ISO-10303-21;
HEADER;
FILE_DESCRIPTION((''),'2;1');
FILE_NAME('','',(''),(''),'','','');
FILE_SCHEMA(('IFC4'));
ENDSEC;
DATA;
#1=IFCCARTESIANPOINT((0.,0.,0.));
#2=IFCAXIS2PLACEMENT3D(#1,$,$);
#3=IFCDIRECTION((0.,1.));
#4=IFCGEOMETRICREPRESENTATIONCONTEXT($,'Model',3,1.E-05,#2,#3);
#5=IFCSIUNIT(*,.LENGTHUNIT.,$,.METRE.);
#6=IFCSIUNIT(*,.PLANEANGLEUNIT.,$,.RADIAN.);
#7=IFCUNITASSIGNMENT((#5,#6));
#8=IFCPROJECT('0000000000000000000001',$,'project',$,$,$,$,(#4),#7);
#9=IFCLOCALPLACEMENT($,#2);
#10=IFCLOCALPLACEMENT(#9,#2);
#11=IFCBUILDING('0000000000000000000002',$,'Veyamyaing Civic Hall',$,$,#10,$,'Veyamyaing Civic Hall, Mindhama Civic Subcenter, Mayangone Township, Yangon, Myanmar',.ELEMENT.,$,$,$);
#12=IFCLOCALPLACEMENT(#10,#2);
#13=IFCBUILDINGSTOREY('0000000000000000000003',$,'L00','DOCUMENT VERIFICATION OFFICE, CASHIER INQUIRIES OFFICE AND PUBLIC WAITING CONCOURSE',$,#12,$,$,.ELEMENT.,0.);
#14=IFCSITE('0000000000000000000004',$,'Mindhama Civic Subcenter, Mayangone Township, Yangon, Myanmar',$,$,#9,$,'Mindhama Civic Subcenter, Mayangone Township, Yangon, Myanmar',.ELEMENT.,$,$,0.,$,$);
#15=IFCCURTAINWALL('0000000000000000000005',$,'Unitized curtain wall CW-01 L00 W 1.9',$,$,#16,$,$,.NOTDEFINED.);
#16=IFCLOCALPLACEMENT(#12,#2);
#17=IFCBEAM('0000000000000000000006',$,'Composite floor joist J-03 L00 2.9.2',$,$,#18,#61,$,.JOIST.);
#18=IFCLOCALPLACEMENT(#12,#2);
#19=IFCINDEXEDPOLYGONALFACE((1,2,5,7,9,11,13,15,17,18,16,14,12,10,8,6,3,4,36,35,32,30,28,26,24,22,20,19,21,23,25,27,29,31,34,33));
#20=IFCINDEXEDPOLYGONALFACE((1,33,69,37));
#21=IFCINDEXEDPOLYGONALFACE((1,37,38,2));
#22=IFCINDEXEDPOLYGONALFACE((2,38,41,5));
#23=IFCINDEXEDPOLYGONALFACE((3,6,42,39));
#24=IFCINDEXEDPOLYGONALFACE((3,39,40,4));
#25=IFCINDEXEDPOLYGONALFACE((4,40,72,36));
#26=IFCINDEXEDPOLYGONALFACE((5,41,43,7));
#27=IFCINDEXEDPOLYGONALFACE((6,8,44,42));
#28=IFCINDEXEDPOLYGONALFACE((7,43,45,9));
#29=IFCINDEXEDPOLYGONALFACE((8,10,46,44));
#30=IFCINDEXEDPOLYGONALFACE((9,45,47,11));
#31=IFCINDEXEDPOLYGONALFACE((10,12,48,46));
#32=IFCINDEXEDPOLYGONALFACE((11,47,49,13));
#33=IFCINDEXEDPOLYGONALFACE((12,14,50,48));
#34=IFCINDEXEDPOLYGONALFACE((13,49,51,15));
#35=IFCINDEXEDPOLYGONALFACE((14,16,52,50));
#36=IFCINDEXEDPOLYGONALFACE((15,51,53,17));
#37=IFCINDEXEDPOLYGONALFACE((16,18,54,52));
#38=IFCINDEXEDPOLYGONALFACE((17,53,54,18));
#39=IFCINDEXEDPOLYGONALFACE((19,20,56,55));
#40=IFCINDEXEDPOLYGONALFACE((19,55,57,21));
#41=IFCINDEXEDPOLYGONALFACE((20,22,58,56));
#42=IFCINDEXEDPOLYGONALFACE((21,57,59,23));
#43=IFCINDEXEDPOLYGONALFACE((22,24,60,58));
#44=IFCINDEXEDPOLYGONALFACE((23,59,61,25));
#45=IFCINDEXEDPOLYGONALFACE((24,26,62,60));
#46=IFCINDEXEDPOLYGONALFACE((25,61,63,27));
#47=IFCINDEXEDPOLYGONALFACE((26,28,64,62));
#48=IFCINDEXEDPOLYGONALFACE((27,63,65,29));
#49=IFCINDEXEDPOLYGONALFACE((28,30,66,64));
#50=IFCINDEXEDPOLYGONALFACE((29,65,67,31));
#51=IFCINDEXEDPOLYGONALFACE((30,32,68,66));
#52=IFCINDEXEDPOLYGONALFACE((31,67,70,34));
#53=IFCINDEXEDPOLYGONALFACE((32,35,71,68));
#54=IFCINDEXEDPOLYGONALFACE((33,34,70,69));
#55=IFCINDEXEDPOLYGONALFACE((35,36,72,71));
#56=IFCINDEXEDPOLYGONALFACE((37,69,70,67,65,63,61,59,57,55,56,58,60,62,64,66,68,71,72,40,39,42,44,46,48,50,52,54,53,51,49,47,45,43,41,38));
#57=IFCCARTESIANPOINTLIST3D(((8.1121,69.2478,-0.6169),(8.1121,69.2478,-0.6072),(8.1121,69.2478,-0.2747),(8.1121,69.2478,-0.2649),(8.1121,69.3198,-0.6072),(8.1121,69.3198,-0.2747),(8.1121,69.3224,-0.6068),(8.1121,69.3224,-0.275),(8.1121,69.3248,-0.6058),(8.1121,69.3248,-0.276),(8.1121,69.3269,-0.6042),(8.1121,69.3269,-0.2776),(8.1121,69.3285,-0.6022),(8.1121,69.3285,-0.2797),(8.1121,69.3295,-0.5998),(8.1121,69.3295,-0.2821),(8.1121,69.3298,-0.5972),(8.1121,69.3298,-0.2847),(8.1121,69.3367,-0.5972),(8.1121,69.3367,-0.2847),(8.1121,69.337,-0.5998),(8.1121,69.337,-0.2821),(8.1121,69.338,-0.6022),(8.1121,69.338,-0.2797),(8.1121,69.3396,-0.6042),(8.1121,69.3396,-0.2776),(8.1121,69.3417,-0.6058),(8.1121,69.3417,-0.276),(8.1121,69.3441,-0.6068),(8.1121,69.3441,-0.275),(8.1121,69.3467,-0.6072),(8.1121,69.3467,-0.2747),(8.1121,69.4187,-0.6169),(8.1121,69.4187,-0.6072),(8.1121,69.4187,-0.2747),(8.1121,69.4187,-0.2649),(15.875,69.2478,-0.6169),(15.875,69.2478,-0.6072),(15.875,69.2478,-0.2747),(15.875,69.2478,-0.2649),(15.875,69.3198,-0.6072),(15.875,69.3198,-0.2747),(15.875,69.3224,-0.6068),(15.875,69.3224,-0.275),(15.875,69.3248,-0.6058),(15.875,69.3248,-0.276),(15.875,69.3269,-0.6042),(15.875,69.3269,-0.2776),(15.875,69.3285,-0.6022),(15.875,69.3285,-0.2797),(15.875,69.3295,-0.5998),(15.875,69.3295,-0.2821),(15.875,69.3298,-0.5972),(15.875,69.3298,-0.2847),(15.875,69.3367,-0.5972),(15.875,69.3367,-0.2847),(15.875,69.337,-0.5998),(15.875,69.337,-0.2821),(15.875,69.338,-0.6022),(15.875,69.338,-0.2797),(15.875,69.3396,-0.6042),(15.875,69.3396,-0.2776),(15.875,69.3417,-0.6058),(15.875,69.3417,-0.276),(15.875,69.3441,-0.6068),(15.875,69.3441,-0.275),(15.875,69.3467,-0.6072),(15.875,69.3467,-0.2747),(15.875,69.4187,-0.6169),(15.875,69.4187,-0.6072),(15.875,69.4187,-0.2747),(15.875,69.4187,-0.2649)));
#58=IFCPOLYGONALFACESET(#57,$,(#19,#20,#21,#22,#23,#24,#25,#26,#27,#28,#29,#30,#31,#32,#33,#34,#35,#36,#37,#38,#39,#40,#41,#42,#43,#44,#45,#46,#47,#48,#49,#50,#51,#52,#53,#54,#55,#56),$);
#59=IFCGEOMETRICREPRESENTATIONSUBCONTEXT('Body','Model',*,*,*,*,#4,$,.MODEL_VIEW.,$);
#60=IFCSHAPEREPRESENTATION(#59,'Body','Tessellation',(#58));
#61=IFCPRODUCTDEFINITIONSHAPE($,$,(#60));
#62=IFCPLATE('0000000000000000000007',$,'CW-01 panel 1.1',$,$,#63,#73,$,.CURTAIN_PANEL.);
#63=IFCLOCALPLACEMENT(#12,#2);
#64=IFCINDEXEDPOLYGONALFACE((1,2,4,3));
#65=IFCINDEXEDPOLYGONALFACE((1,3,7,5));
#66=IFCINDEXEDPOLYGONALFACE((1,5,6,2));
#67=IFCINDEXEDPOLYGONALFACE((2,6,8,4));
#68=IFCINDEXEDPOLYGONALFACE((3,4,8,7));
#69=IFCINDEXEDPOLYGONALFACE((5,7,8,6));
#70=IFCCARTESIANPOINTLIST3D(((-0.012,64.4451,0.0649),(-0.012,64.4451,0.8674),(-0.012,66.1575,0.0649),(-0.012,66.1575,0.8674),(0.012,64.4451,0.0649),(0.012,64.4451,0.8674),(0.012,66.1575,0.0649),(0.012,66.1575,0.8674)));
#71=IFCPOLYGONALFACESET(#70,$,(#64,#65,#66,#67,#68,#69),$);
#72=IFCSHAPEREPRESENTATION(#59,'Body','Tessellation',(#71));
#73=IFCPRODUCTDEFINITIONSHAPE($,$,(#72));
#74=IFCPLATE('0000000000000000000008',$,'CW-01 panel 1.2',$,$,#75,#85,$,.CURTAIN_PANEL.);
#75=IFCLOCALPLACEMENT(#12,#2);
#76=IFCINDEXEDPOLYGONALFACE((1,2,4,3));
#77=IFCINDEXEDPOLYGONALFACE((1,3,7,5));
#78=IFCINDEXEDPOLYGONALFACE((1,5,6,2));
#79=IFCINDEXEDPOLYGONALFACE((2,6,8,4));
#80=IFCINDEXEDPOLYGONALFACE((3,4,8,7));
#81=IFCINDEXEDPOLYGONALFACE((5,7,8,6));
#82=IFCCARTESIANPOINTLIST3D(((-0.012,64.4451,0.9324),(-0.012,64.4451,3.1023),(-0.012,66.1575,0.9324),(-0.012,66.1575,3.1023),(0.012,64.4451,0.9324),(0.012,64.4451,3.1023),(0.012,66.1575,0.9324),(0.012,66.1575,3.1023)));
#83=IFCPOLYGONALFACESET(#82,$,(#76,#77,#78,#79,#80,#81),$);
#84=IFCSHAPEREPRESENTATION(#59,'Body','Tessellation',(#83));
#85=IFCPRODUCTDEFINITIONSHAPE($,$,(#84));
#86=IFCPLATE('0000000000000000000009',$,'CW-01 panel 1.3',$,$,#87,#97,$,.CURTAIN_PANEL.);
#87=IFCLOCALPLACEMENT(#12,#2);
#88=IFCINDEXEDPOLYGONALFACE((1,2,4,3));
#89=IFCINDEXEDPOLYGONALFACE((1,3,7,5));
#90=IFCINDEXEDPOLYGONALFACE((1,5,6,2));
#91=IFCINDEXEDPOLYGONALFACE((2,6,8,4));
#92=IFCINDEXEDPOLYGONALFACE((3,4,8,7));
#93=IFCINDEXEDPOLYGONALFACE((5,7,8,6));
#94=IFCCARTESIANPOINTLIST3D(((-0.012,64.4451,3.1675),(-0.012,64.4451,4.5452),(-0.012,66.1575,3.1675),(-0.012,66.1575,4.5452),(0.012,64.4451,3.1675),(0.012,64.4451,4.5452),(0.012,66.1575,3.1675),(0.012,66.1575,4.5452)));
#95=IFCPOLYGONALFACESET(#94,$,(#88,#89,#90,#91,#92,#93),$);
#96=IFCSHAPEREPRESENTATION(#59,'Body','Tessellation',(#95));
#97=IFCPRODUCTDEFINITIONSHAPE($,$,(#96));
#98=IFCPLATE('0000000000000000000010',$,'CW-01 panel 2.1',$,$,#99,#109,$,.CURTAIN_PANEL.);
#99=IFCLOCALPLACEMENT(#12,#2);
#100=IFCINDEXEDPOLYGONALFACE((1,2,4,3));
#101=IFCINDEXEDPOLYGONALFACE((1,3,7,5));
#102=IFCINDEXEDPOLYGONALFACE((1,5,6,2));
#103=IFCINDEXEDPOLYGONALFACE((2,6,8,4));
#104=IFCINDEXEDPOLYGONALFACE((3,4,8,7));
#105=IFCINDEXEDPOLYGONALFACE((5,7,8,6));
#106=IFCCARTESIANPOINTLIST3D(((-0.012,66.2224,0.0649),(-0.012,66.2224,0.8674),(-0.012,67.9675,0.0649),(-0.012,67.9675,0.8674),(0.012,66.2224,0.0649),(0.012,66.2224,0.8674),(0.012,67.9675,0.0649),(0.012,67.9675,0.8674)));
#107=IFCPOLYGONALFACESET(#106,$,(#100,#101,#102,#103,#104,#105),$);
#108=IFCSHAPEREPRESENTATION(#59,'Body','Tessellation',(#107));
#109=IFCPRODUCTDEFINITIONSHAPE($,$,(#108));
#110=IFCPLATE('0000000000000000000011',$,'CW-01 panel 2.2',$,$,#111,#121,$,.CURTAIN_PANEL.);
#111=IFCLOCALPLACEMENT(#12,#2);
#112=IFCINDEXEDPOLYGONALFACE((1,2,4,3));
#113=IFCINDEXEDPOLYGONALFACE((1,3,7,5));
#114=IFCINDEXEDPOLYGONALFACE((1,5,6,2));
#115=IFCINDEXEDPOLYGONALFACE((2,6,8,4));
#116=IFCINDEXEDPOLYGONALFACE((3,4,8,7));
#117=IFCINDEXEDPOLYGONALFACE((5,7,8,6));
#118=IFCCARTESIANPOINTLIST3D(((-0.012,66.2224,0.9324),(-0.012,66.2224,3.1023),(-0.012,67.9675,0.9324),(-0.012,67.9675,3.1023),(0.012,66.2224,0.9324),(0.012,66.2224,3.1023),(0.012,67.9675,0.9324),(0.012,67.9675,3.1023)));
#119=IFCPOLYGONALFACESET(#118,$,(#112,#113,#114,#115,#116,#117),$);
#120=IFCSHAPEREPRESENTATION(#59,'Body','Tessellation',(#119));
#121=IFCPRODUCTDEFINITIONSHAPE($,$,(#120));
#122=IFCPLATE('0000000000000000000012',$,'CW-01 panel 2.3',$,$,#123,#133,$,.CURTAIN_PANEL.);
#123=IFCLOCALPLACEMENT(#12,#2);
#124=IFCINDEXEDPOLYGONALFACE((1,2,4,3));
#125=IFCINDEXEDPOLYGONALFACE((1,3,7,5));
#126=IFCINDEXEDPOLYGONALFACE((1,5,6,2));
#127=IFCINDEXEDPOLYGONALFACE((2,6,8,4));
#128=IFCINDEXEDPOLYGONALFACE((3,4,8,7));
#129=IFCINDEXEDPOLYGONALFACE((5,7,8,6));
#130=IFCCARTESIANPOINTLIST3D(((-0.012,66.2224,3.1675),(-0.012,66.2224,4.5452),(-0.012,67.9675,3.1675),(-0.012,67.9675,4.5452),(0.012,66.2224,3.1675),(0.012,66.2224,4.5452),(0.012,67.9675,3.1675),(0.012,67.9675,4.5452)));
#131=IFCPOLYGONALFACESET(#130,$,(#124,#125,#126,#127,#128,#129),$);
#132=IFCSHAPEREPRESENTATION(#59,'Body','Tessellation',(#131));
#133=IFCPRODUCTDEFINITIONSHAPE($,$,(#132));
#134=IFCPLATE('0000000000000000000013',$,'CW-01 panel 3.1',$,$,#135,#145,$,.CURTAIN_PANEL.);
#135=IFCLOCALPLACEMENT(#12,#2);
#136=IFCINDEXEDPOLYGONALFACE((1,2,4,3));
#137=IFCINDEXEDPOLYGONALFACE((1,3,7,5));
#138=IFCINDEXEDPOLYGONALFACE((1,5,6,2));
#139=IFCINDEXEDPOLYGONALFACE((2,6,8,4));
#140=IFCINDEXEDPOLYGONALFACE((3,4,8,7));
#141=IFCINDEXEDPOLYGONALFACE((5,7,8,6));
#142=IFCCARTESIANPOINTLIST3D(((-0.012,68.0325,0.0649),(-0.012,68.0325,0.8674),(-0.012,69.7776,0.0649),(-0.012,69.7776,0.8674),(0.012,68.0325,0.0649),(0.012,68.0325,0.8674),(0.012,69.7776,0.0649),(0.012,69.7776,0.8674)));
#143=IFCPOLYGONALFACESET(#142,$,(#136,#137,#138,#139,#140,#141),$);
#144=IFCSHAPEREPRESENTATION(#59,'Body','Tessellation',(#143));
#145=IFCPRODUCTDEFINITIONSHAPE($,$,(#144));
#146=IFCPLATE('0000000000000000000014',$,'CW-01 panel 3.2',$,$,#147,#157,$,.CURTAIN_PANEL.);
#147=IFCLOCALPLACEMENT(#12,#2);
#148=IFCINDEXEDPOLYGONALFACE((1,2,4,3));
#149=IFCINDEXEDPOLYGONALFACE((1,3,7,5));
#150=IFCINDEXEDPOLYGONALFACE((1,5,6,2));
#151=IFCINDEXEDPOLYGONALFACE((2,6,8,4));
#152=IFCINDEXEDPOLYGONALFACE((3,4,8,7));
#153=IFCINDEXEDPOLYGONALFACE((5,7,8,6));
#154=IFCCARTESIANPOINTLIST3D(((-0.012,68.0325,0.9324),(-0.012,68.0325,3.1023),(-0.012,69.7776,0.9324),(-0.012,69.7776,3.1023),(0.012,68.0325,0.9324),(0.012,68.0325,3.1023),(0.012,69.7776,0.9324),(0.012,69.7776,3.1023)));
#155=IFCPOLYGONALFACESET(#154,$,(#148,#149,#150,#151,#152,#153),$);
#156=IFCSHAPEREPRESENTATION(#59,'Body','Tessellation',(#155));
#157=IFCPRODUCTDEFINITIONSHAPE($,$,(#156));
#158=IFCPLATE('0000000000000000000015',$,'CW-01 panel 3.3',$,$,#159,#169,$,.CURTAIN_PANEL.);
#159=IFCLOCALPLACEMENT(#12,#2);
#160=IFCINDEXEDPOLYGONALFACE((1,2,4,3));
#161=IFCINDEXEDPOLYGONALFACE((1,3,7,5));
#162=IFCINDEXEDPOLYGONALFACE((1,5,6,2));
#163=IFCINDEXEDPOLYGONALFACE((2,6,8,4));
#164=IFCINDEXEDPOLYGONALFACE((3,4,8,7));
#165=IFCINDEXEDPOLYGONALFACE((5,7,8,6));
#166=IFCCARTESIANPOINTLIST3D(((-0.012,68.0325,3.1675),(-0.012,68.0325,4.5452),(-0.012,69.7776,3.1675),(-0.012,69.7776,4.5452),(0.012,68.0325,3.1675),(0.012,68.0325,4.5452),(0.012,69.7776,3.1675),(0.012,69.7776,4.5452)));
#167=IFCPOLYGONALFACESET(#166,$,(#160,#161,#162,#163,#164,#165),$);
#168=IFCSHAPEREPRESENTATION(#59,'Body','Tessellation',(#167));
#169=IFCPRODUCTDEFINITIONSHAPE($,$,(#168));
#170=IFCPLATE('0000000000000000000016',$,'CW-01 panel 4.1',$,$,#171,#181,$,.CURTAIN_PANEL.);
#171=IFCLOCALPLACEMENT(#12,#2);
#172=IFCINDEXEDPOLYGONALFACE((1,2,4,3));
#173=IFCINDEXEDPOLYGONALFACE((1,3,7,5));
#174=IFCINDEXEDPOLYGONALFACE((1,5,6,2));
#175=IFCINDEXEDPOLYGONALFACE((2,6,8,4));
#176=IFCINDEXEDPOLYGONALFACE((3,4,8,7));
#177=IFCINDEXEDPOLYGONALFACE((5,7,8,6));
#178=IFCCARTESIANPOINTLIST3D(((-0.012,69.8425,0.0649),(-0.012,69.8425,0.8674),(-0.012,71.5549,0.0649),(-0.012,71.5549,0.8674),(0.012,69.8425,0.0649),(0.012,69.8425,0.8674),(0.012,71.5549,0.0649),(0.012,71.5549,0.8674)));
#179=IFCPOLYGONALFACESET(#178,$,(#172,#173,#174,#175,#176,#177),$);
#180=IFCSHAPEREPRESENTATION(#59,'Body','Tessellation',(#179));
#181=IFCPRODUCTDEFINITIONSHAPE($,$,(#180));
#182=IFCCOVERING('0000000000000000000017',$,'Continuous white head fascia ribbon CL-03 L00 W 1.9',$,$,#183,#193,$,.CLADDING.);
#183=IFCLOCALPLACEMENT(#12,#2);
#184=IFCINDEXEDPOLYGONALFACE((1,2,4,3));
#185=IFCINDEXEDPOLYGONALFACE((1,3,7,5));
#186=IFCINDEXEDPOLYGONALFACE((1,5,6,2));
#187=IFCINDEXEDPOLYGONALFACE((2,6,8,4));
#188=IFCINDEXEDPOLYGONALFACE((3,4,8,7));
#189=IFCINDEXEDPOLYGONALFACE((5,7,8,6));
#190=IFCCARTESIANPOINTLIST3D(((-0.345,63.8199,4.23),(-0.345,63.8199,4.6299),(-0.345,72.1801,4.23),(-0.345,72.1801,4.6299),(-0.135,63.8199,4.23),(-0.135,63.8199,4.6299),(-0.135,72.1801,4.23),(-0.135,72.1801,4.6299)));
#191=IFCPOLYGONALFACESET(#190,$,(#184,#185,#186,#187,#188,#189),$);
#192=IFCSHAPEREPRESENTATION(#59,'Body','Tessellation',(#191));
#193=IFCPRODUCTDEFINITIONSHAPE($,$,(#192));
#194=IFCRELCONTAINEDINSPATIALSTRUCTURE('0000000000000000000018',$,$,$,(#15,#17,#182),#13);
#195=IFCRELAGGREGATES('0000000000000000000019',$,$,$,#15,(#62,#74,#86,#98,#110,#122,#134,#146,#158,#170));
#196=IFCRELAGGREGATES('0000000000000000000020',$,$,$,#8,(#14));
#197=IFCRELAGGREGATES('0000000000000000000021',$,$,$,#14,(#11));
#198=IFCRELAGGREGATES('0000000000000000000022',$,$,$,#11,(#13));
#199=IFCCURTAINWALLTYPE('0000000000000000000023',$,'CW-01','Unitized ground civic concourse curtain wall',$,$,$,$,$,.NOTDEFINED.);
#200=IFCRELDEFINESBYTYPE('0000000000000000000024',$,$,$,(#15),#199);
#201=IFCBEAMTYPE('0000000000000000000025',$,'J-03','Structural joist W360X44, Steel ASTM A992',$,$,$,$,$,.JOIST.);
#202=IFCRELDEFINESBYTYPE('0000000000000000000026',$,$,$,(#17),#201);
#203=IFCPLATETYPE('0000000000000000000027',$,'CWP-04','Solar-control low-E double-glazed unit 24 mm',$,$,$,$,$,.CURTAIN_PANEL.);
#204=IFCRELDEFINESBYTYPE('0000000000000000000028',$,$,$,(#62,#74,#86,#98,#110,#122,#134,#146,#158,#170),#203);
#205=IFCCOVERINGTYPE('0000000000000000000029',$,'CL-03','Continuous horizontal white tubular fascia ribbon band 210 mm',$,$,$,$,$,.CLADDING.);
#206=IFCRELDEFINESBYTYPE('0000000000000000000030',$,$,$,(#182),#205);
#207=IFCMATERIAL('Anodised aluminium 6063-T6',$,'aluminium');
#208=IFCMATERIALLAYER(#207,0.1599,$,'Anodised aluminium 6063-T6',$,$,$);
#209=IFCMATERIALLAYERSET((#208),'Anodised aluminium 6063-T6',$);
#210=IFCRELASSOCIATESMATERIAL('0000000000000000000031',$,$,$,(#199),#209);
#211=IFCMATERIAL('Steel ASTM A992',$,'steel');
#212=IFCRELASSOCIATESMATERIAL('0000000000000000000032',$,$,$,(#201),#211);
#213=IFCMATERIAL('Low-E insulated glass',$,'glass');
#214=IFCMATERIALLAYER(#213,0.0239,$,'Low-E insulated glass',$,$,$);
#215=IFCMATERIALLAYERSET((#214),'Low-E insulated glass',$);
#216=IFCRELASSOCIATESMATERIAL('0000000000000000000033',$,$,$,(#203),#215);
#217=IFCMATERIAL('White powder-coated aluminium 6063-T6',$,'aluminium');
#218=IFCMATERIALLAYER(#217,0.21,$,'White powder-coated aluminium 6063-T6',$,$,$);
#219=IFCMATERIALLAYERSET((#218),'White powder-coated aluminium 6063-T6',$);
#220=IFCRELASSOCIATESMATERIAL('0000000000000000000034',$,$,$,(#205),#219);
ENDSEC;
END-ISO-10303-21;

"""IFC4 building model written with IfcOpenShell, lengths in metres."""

from ifc_helpers import new_model, si_unit, direction, frame, origin, origin_2d, place, context, subcontext, project, spatial, rectangle, i_section, extrude, material, layer, layer_set, material_profile, profile_set, type_object, element, aggregate, save


model = new_model("IFC4")

# Units and contexts
model_context = context("Model", 3, precision=1e-05, world=origin(), true_north=direction((0.0, 1.0)))
body_context = subcontext(model_context, "Body", "Model", "MODEL_VIEW")
ifc_project = project(units=[si_unit("LENGTHUNIT", "METRE"), si_unit("PLANEANGLEUNIT", "RADIAN")], contexts=[model_context])

# Site, building, storey
site_placement = place(None, origin())
site = spatial("IfcSite", under=ifc_project, at=site_placement, Name="Mindhama Civic Subcenter, Mayangone Township, Yangon, Myanmar", LongName="Mindhama Civic Subcenter, Mayangone Township, Yangon, Myanmar", CompositionType="ELEMENT", RefElevation=0.0)
building_placement = place(site_placement, origin())
building = spatial("IfcBuilding", under=site, at=building_placement, Name="Veyamyaing Civic Hall", LongName="Veyamyaing Civic Hall, Mindhama Civic Subcenter, Mayangone Township, Yangon, Myanmar", CompositionType="ELEMENT")
storey_placement = place(building_placement, origin())
storey = spatial("IfcBuildingStorey", under=building, at=storey_placement, Name="L00", Description="DOCUMENT VERIFICATION OFFICE, CASHIER INQUIRIES OFFICE AND PUBLIC WAITING CONCOURSE", CompositionType="ELEMENT", Elevation=0.0)

# Curtain wall
ifc_material_1 = material(Name="Anodised aluminium 6063-T6", Category="aluminium")
ifc_layer_1 = layer(ifc_material_1, 0.1599, Name="Anodised aluminium 6063-T6")
ifc_layer_set_1 = layer_set([ifc_layer_1], Name="Anodised aluminium 6063-T6")
curtain_wall_type = type_object("IfcCurtainWallType", Name="CW-01", Description="Unitized ground civic concourse curtain wall", PredefinedType="NOTDEFINED", material=ifc_layer_set_1)
curtain_wall_placement = place(storey_placement, origin())
curtain_wall = element("IfcCurtainWall", 1, at=curtain_wall_placement, inside=storey, type_object=curtain_wall_type, Name="Unitized curtain wall CW-01 L00 W 1.9", PredefinedType="NOTDEFINED")

# Beam
ifc_material_2 = material(Name="Steel ASTM A992", Category="steel")
ifc_material_profile_1 = material_profile(ifc_material_2, i_section(OverallWidth=0.1709, OverallDepth=0.3521, WebThickness=0.0068, FlangeThickness=0.0098, FilletRadius=0.01, at=origin_2d()), Name="W360X44")
ifc_profile_set_1 = profile_set([ifc_material_profile_1], Name="Steel ASTM A992")
beam_type_1 = type_object("IfcBeamType", Name="J-03", Description="Structural joist W360X44, Steel ASTM A992", PredefinedType="JOIST", material=ifc_profile_set_1)
for number, where, z_axis, x_axis, name in (
    (2, (8.1121, 69.3333, -0.4409), (1.0, 0.0, 0.0), (0.0, 1.0, 0.0), "Composite floor joist J-03 L00 2.9.2"),
):
    element("IfcBeam", number, at=place(storey_placement, frame(where, z_axis=z_axis, x_axis=x_axis)), inside=storey, type_object=beam_type_1, Name=name, PredefinedType="JOIST", context=body_context, shape_type="SweptSolid", body=[
        extrude(i_section(OverallWidth=0.1709, OverallDepth=0.3521, WebThickness=0.0068, FlangeThickness=0.0098, FilletRadius=0.01, at=origin_2d()), origin(), (0.0, 0.0, 1.0), 7.7629),
    ])

# Plates
ifc_material_3 = material(Name="Low-E insulated glass", Category="glass")
ifc_layer_2 = layer(ifc_material_3, 0.0239, Name="Low-E insulated glass")
ifc_layer_set_2 = layer_set([ifc_layer_2], Name="Low-E insulated glass")
plate_type = type_object("IfcPlateType", Name="CWP-04", Description="Solar-control low-E double-glazed unit 24 mm", PredefinedType="CURTAIN_PANEL", material=ifc_layer_set_2)
plate_1_placement = place(storey_placement, frame((0.0, 65.3013, 0.0649), z_axis=(0.0, 0.0, 1.0), x_axis=(0.0, 1.0, 0.0)))
plate_1 = element("IfcPlate", 3, at=plate_1_placement, type_object=plate_type, Name="CW-01 panel 1.1", PredefinedType="CURTAIN_PANEL", context=body_context, shape_type="SweptSolid", body=[
    extrude(rectangle(XDim=1.7124, YDim=0.0239, at=origin_2d()), origin(), (0.0, 0.0, 1.0), 0.8025),
])
plate_2_placement = place(storey_placement, frame((0.0, 65.3013, 0.9324), z_axis=(0.0, 0.0, 1.0), x_axis=(0.0, 1.0, 0.0)))
plate_2 = element("IfcPlate", 4, at=plate_2_placement, type_object=plate_type, Name="CW-01 panel 1.2", PredefinedType="CURTAIN_PANEL", context=body_context, shape_type="SweptSolid", body=[
    extrude(rectangle(XDim=1.7124, YDim=0.0239, at=origin_2d()), origin(), (0.0, 0.0, 1.0), 2.1699),
])
plate_3_placement = place(storey_placement, frame((0.0, 65.3013, 3.1675), z_axis=(0.0, 0.0, 1.0), x_axis=(0.0, 1.0, 0.0)))
plate_3 = element("IfcPlate", 5, at=plate_3_placement, type_object=plate_type, Name="CW-01 panel 1.3", PredefinedType="CURTAIN_PANEL", context=body_context, shape_type="SweptSolid", body=[
    extrude(rectangle(XDim=1.7124, YDim=0.0239, at=origin_2d()), origin(), (0.0, 0.0, 1.0), 1.3777),
])
plate_4_placement = place(storey_placement, frame((0.0, 67.095, 0.0649), z_axis=(0.0, 0.0, 1.0), x_axis=(0.0, 1.0, 0.0)))
plate_4 = element("IfcPlate", 6, at=plate_4_placement, type_object=plate_type, Name="CW-01 panel 2.1", PredefinedType="CURTAIN_PANEL", context=body_context, shape_type="SweptSolid", body=[
    extrude(rectangle(XDim=1.7451, YDim=0.0239, at=origin_2d()), origin(), (0.0, 0.0, 1.0), 0.8025),
])
plate_5_placement = place(storey_placement, frame((0.0, 67.095, 0.9324), z_axis=(0.0, 0.0, 1.0), x_axis=(0.0, 1.0, 0.0)))
plate_5 = element("IfcPlate", 7, at=plate_5_placement, type_object=plate_type, Name="CW-01 panel 2.2", PredefinedType="CURTAIN_PANEL", context=body_context, shape_type="SweptSolid", body=[
    extrude(rectangle(XDim=1.7451, YDim=0.0239, at=origin_2d()), origin(), (0.0, 0.0, 1.0), 2.1699),
])
plate_6_placement = place(storey_placement, frame((0.0, 67.095, 3.1675), z_axis=(0.0, 0.0, 1.0), x_axis=(0.0, 1.0, 0.0)))
plate_6 = element("IfcPlate", 8, at=plate_6_placement, type_object=plate_type, Name="CW-01 panel 2.3", PredefinedType="CURTAIN_PANEL", context=body_context, shape_type="SweptSolid", body=[
    extrude(rectangle(XDim=1.7451, YDim=0.0239, at=origin_2d()), origin(), (0.0, 0.0, 1.0), 1.3777),
])
plate_7_placement = place(storey_placement, frame((0.0, 68.905, 0.0649), z_axis=(0.0, 0.0, 1.0), x_axis=(0.0, 1.0, 0.0)))
plate_7 = element("IfcPlate", 9, at=plate_7_placement, type_object=plate_type, Name="CW-01 panel 3.1", PredefinedType="CURTAIN_PANEL", context=body_context, shape_type="SweptSolid", body=[
    extrude(rectangle(XDim=1.7451, YDim=0.0239, at=origin_2d()), origin(), (0.0, 0.0, 1.0), 0.8025),
])
plate_8_placement = place(storey_placement, frame((0.0, 68.905, 0.9324), z_axis=(0.0, 0.0, 1.0), x_axis=(0.0, 1.0, 0.0)))
plate_8 = element("IfcPlate", 10, at=plate_8_placement, type_object=plate_type, Name="CW-01 panel 3.2", PredefinedType="CURTAIN_PANEL", context=body_context, shape_type="SweptSolid", body=[
    extrude(rectangle(XDim=1.7451, YDim=0.0239, at=origin_2d()), origin(), (0.0, 0.0, 1.0), 2.1699),
])
plate_9_placement = place(storey_placement, frame((0.0, 68.905, 3.1675), z_axis=(0.0, 0.0, 1.0), x_axis=(0.0, 1.0, 0.0)))
plate_9 = element("IfcPlate", 11, at=plate_9_placement, type_object=plate_type, Name="CW-01 panel 3.3", PredefinedType="CURTAIN_PANEL", context=body_context, shape_type="SweptSolid", body=[
    extrude(rectangle(XDim=1.7451, YDim=0.0239, at=origin_2d()), origin(), (0.0, 0.0, 1.0), 1.3777),
])
plate_10_placement = place(storey_placement, frame((0.0, 70.6987, 0.0649), z_axis=(0.0, 0.0, 1.0), x_axis=(0.0, 1.0, 0.0)))
plate_10 = element("IfcPlate", 12, at=plate_10_placement, type_object=plate_type, Name="CW-01 panel 4.1", PredefinedType="CURTAIN_PANEL", context=body_context, shape_type="SweptSolid", body=[
    extrude(rectangle(XDim=1.7124, YDim=0.0239, at=origin_2d()), origin(), (0.0, 0.0, 1.0), 0.8025),
])
aggregate(curtain_wall, [plate_1, plate_2, plate_3, plate_4, plate_5, plate_6, plate_7, plate_8, plate_9, plate_10])

# Covering
ifc_material_4 = material(Name="White powder-coated aluminium 6063-T6", Category="aluminium")
ifc_layer_3 = layer(ifc_material_4, 0.21, Name="White powder-coated aluminium 6063-T6")
ifc_layer_set_3 = layer_set([ifc_layer_3], Name="White powder-coated aluminium 6063-T6")
covering_type = type_object("IfcCoveringType", Name="CL-03", Description="Continuous horizontal white tubular fascia ribbon band 210 mm", PredefinedType="CLADDING", material=ifc_layer_set_3)
covering_placement = place(storey_placement, frame((-0.24, 68.0, 4.23), z_axis=(0.0, 0.0, 1.0), x_axis=(0.0, 1.0, 0.0)))
element("IfcCovering", 13, at=covering_placement, inside=storey, type_object=covering_type, Name="Continuous white head fascia ribbon CL-03 L00 W 1.9", PredefinedType="CLADDING", context=body_context, shape_type="SweptSolid", body=[
    extrude(rectangle(XDim=8.3601, YDim=0.21, at=origin_2d()), origin(), (0.0, 0.0, 1.0), 0.3999),
])

save(model, "model.ifc")
